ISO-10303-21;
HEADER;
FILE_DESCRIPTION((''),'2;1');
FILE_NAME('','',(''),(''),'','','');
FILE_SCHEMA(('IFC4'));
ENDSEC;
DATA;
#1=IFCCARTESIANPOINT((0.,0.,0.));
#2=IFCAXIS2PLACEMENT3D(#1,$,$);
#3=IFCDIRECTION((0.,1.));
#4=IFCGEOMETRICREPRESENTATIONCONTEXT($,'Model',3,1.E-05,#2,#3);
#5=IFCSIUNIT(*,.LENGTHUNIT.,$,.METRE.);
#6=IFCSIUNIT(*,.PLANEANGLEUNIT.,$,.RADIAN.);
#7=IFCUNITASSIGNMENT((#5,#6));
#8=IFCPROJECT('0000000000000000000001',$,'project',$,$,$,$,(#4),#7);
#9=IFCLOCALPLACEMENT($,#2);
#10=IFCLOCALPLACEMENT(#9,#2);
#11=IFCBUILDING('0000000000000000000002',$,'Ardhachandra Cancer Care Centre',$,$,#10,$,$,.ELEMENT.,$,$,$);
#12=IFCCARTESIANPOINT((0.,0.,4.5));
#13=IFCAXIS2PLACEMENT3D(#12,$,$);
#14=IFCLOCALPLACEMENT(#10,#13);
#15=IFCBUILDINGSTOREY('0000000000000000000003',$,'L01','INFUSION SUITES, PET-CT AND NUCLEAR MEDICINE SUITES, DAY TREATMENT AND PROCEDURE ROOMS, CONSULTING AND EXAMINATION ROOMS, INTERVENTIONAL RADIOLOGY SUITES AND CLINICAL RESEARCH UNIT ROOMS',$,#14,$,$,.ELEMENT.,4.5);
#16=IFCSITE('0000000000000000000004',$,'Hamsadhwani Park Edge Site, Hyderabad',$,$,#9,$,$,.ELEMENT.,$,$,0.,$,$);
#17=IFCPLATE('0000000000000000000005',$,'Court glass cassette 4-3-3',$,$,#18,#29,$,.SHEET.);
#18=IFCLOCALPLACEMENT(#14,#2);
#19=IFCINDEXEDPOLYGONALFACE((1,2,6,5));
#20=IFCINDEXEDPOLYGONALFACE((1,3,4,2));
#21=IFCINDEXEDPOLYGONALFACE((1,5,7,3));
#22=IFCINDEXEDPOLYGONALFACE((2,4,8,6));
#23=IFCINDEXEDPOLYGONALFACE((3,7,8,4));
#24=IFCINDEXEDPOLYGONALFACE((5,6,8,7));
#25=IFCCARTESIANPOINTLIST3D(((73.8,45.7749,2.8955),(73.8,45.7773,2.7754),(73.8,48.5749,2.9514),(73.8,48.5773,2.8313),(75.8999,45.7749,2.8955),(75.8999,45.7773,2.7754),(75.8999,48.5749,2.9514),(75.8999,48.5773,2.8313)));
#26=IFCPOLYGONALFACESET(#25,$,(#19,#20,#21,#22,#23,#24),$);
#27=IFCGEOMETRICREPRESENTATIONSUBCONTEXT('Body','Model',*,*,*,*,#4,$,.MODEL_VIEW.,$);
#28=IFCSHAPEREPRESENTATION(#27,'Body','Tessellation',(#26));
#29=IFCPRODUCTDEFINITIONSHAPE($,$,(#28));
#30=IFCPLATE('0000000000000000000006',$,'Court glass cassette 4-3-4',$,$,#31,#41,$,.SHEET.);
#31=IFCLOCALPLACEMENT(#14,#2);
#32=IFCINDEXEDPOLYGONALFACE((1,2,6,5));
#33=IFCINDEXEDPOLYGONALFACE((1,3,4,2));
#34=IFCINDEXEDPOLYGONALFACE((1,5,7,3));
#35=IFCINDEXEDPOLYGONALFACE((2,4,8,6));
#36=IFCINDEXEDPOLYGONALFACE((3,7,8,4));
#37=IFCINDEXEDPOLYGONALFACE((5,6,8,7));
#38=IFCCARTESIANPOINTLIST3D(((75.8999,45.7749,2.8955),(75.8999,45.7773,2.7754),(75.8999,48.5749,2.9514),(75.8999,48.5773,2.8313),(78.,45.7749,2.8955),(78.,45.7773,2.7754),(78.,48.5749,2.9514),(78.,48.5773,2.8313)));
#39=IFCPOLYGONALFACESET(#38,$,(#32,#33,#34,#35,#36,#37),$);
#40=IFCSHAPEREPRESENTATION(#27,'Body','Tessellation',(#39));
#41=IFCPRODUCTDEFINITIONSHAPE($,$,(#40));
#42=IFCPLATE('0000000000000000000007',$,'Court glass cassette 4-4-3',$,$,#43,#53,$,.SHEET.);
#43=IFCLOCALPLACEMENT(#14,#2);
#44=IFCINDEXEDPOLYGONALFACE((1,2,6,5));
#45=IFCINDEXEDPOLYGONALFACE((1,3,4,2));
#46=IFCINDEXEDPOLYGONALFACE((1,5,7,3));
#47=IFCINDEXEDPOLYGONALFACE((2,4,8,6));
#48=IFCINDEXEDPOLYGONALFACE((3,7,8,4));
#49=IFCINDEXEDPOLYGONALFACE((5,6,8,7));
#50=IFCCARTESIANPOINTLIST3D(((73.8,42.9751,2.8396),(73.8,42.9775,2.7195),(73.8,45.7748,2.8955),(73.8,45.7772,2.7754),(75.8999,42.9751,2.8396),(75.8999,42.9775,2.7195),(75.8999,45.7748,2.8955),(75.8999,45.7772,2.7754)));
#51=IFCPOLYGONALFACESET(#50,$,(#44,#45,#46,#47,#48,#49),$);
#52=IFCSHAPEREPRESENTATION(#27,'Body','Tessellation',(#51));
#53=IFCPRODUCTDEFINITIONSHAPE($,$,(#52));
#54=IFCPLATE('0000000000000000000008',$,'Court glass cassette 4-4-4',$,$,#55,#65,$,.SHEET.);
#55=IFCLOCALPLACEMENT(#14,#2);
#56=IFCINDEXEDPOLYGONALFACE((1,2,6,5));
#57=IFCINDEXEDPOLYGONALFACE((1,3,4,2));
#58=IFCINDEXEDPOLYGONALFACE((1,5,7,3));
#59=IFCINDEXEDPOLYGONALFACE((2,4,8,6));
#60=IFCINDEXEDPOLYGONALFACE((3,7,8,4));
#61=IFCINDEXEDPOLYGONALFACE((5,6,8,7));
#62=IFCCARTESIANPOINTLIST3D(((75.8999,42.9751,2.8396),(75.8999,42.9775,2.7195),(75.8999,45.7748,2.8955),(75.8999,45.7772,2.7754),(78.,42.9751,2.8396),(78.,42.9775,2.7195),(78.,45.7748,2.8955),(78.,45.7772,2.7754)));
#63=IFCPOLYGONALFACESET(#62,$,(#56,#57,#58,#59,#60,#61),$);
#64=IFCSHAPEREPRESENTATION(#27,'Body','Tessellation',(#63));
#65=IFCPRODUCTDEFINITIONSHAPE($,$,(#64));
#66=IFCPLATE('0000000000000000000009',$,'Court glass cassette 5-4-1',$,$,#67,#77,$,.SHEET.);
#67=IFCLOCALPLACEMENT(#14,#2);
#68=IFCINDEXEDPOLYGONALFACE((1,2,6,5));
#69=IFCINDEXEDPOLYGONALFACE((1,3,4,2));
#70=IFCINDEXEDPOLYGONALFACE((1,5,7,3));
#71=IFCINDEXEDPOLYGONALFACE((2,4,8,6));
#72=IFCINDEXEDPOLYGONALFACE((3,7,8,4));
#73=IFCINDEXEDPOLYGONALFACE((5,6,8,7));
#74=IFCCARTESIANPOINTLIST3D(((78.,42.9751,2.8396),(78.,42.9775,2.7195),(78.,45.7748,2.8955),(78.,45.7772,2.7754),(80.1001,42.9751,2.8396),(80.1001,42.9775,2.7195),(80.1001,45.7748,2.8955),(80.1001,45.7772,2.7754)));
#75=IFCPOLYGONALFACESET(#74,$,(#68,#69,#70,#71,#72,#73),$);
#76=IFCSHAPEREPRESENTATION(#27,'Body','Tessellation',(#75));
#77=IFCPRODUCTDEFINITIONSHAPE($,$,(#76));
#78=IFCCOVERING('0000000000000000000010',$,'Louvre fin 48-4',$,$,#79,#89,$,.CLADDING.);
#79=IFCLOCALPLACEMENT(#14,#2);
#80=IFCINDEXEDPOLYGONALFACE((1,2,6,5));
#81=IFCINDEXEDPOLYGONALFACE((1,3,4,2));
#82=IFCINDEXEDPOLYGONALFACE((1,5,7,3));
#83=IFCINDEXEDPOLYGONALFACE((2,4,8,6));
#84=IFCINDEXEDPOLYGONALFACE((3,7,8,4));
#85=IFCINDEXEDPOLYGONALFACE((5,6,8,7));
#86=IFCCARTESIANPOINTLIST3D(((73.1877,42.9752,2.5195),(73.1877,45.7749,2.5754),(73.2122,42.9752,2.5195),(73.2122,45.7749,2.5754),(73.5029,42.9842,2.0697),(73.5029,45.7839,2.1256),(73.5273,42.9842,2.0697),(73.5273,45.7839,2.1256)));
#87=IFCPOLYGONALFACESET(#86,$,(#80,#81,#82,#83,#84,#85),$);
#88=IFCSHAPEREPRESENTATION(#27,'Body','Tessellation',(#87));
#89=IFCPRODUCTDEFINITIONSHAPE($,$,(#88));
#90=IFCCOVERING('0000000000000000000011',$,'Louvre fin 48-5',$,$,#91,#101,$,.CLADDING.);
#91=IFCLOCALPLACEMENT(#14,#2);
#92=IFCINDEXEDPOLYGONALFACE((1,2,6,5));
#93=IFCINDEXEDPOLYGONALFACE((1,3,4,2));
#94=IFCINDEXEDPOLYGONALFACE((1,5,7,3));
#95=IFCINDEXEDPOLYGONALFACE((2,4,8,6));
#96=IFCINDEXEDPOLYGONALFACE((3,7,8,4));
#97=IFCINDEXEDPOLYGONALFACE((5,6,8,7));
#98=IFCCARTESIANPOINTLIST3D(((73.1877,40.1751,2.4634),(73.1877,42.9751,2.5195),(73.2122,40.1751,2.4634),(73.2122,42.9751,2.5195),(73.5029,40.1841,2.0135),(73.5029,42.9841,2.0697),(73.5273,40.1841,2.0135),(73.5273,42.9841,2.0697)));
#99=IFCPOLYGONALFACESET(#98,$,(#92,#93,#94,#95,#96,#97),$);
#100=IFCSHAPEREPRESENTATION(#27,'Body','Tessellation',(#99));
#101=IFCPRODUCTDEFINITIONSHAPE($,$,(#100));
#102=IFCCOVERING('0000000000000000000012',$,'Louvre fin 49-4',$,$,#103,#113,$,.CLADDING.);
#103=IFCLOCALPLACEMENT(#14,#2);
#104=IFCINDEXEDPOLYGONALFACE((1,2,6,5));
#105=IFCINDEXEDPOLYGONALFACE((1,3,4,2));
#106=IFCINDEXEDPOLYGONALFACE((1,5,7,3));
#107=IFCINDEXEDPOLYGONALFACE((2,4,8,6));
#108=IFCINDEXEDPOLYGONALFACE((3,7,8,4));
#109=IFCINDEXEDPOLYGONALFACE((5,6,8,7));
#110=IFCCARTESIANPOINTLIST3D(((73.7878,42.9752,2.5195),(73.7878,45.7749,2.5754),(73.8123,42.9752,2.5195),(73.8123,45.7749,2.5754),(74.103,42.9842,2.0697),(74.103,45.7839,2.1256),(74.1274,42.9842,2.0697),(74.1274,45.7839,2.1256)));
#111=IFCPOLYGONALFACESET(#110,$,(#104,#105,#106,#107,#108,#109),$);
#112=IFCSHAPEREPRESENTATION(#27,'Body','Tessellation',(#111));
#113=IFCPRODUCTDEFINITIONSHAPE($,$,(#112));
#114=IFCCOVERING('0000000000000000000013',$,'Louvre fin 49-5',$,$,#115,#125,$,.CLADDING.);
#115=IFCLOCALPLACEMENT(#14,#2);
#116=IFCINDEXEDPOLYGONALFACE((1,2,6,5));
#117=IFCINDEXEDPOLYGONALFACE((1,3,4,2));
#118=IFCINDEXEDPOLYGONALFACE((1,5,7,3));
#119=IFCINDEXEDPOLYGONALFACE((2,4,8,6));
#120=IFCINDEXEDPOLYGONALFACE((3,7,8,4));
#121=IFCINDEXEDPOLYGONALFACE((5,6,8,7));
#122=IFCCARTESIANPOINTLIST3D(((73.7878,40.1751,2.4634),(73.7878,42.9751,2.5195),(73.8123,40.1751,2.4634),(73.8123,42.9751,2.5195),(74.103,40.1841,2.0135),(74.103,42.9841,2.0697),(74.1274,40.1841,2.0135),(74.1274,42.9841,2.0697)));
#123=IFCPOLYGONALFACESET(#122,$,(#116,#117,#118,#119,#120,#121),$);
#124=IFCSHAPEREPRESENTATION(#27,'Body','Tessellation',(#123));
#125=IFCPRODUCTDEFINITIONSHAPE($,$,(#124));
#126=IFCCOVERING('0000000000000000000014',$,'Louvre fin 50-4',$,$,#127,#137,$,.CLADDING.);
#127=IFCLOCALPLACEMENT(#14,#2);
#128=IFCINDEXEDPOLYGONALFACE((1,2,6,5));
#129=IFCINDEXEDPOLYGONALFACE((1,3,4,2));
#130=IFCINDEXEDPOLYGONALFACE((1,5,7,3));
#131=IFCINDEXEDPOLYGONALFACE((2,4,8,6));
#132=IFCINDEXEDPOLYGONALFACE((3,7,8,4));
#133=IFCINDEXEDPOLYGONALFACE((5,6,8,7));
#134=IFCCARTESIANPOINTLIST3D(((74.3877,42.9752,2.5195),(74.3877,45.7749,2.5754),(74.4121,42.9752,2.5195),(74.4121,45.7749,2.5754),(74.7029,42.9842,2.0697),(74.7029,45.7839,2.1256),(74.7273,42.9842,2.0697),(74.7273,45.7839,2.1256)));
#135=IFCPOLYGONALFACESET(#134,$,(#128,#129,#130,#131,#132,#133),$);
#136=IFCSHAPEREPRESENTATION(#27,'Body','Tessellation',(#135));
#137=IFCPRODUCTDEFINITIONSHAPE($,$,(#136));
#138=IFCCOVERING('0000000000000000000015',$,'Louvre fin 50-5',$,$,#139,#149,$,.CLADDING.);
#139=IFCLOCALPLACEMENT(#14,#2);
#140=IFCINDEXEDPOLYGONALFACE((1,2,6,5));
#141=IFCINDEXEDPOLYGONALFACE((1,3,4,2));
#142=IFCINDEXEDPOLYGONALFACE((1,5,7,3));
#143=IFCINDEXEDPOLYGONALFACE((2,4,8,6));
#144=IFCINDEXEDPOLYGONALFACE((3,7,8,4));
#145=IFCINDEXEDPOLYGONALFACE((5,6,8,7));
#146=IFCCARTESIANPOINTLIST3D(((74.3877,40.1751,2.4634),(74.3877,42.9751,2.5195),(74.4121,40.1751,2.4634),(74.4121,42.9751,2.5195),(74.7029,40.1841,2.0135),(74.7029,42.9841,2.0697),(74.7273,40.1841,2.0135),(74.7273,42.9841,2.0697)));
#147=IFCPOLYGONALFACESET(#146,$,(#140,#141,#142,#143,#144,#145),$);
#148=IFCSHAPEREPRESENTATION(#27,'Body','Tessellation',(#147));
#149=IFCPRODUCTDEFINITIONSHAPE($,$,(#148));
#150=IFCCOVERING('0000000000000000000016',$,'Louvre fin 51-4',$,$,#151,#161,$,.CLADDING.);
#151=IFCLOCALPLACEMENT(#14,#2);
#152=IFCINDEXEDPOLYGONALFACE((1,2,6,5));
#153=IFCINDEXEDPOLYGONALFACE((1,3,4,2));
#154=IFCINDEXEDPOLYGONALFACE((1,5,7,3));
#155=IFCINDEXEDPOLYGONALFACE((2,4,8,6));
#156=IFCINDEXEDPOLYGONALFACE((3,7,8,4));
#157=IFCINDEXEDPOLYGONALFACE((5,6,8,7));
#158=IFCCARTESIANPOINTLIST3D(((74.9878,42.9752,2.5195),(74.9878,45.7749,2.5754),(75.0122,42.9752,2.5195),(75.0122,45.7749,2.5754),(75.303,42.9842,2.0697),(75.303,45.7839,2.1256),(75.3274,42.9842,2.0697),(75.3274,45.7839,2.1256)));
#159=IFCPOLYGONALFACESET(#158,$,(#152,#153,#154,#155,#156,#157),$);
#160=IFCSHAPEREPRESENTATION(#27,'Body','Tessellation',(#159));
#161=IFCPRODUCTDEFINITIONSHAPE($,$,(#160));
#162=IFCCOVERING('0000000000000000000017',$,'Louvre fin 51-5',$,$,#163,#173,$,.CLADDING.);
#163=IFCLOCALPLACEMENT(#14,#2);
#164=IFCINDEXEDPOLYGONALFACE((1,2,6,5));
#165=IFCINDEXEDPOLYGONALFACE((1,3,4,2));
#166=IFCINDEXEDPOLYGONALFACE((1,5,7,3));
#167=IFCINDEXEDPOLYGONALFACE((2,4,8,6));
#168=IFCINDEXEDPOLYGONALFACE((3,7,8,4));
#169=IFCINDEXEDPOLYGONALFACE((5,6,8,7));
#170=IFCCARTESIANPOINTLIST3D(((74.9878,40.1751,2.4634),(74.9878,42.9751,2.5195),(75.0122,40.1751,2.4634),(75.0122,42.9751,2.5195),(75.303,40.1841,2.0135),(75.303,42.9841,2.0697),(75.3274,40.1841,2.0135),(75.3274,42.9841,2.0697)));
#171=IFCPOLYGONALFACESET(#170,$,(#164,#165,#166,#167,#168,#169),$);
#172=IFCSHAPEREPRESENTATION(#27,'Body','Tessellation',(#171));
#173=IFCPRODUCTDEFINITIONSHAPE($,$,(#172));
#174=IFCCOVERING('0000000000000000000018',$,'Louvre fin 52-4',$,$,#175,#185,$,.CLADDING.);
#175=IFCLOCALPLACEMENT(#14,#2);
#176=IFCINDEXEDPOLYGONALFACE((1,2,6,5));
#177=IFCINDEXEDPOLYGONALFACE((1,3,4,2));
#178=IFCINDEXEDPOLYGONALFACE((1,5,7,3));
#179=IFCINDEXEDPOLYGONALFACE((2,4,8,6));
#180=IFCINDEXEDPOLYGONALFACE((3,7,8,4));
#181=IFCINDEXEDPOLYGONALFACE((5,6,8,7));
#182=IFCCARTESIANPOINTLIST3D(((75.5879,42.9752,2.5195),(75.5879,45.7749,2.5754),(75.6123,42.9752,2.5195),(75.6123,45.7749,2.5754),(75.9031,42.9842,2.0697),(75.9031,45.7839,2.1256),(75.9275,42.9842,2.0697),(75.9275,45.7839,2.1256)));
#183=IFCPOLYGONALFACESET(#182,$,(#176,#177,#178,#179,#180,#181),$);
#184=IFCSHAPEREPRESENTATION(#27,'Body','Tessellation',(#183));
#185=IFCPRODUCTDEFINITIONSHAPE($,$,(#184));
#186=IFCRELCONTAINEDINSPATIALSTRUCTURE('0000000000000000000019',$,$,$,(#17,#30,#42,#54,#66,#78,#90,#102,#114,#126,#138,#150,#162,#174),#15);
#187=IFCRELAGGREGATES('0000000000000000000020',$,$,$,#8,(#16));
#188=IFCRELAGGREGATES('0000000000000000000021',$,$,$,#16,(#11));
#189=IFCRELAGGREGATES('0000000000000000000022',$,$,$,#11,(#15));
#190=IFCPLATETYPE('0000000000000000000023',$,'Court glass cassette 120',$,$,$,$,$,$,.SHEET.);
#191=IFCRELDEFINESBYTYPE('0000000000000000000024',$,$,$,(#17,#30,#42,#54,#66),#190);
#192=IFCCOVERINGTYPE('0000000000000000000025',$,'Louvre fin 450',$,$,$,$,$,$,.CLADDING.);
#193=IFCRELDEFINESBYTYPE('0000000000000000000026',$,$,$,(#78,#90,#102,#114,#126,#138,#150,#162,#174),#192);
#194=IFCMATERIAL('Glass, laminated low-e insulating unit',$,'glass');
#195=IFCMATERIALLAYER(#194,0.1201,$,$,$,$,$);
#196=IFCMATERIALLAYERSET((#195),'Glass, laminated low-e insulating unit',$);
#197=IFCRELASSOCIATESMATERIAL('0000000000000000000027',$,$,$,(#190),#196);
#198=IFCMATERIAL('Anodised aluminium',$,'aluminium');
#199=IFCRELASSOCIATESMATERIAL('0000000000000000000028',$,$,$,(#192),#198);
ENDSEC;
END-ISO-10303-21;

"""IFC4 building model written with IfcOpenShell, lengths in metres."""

from ifc_helpers import new_model, si_unit, direction, frame, origin, place, context, subcontext, project, spatial, polyline, outline, extrude, material, layer, layer_set, material_profile, profile_set, type_object, element, save


model = new_model("IFC4")

# Units and contexts
model_context = context("Model", 3, precision=1e-05, world=origin(), true_north=direction((0.0, 1.0)))
body_context = subcontext(model_context, "Body", "Model", "MODEL_VIEW")
ifc_project = project(units=[si_unit("LENGTHUNIT", "METRE"), si_unit("PLANEANGLEUNIT", "RADIAN")], contexts=[model_context])

# Site, building, storey
site_placement = place(None, origin())
site = spatial("IfcSite", under=ifc_project, at=site_placement, Name="Hamsadhwani Park Edge Site, Hyderabad", CompositionType="ELEMENT", RefElevation=0.0)
building_placement = place(site_placement, origin())
building = spatial("IfcBuilding", under=site, at=building_placement, Name="Ardhachandra Cancer Care Centre", CompositionType="ELEMENT")
storey_placement = place(building_placement, frame((0.0, 0.0, 4.5)))
storey = spatial("IfcBuildingStorey", under=building, at=storey_placement, Name="L01", Description="INFUSION SUITES, PET-CT AND NUCLEAR MEDICINE SUITES, DAY TREATMENT AND PROCEDURE ROOMS, CONSULTING AND EXAMINATION ROOMS, INTERVENTIONAL RADIOLOGY SUITES AND CLINICAL RESEARCH UNIT ROOMS", CompositionType="ELEMENT", Elevation=4.5)

# Plates
ifc_material_1 = material(Name="Glass, laminated low-e insulating unit", Category="glass")
ifc_layer = layer(ifc_material_1, 0.1201)
ifc_layer_set = layer_set([ifc_layer], Name="Glass, laminated low-e insulating unit")
plate_type = type_object("IfcPlateType", Name="Court glass cassette 120", PredefinedType="SHEET", material=ifc_layer_set)
plate_1_placement = place(storey_placement, frame((73.8, 45.7749, 2.8955), z_axis=(0.0, -0.019963, 0.999801), x_axis=(0.0, 0.999801, 0.019963)))
element("IfcPlate", 1, at=plate_1_placement, inside=storey, type_object=plate_type, Name="Court glass cassette 4-3-3", PredefinedType="SHEET", context=body_context, shape_type="SweptSolid", body=[
    extrude(outline(polyline([(0.0, -2.0999), (2.8005, -2.0999), (2.8005, 0.0), (0.0, 0.0), (0.0, -2.0999)])), frame((0.0, 0.0, -0.1201)), (0.0, 0.0, 1.0), 0.1201),
])
plate_2_placement = place(storey_placement, frame((75.8999, 45.7749, 2.8955), z_axis=(0.0, -0.019963, 0.999801), x_axis=(0.0, 0.999801, 0.019963)))
element("IfcPlate", 2, at=plate_2_placement, inside=storey, type_object=plate_type, Name="Court glass cassette 4-3-4", PredefinedType="SHEET", context=body_context, shape_type="SweptSolid", body=[
    extrude(outline(polyline([(0.0, -2.1001), (2.8005, -2.1001), (2.8005, 0.0), (0.0, 0.0), (0.0, -2.1001)])), frame((0.0, 0.0, -0.1201)), (0.0, 0.0, 1.0), 0.1201),
])
plate_3_placement = place(storey_placement, frame((73.8, 42.9751, 2.8396), z_axis=(0.0, -0.019965, 0.999801), x_axis=(0.0, 0.999801, 0.019965)))
element("IfcPlate", 3, at=plate_3_placement, inside=storey, type_object=plate_type, Name="Court glass cassette 4-4-3", PredefinedType="SHEET", context=body_context, shape_type="SweptSolid", body=[
    extrude(outline(polyline([(0.0, -2.0999), (2.8003, -2.0999), (2.8003, 0.0), (0.0, 0.0), (0.0, -2.0999)])), frame((0.0, 0.0, -0.1201)), (0.0, 0.0, 1.0), 0.1201),
])
for number, where, z_axis, x_axis, name in (
    (4, (75.8999, 42.9751, 2.8396), (0.0, -0.019965, 0.999801), (0.0, 0.999801, 0.019965), "Court glass cassette 4-4-4"),
    (5, (78.0, 42.9751, 2.8396), (0.0, -0.019965, 0.999801), (0.0, 0.999801, 0.019965), "Court glass cassette 5-4-1"),
):
    element("IfcPlate", number, at=place(storey_placement, frame(where, z_axis=z_axis, x_axis=x_axis)), inside=storey, type_object=plate_type, Name=name, PredefinedType="SHEET", context=body_context, shape_type="SweptSolid", body=[
        extrude(outline(polyline([(0.0, -2.1001), (2.8003, -2.1001), (2.8003, 0.0), (0.0, 0.0), (0.0, -2.1001)])), frame((0.0, 0.0, -0.1201)), (0.0, 0.0, 1.0), 0.1201),
    ])

# Coverings
ifc_material_2 = material(Name="Anodised aluminium", Category="aluminium")
ifc_material_profile_1 = material_profile(ifc_material_2, outline(polyline([(-0.0122, 0.0), (0.0122, 0.0), (0.3274, -0.45), (0.303, -0.45), (-0.0122, 0.0)])), Name="Louvre fin 450")
ifc_profile_set_1 = profile_set([ifc_material_profile_1], Name="Anodised aluminium")
covering_type = type_object("IfcCoveringType", Name="Louvre fin 450", PredefinedType="CLADDING", material=ifc_profile_set_1)
covering_1_placement = place(storey_placement, frame((73.2, 45.7749, 2.5754), z_axis=(0.0, -0.999801, -0.019965), x_axis=(1.0, 0.0, 0.0)))
element("IfcCovering", 6, at=covering_1_placement, inside=storey, type_object=covering_type, Name="Louvre fin 48-4", PredefinedType="CLADDING", context=body_context, shape_type="SweptSolid", body=[
    extrude(outline(polyline([(-0.0122, 0.0), (0.0122, 0.0), (0.3274, -0.45), (0.303, -0.45), (-0.0122, 0.0)])), origin(), (0.0, 0.0, 1.0), 2.8003),
])
covering_2_placement = place(storey_placement, frame((73.2, 42.9751, 2.5195), z_axis=(0.0, -0.999799, -0.02005), x_axis=(1.0, 0.0, 0.0)))
element("IfcCovering", 7, at=covering_2_placement, inside=storey, type_object=covering_type, Name="Louvre fin 48-5", PredefinedType="CLADDING", context=body_context, shape_type="SweptSolid", body=[
    extrude(outline(polyline([(-0.0122, 0.0), (0.0122, 0.0), (0.3274, -0.45), (0.303, -0.45), (-0.0122, 0.0)])), origin(), (0.0, 0.0, 1.0), 2.8005),
])
covering_3_placement = place(storey_placement, frame((73.8, 45.7749, 2.5754), z_axis=(0.0, -0.999801, -0.019965), x_axis=(1.0, 0.0, 0.0)))
element("IfcCovering", 8, at=covering_3_placement, inside=storey, type_object=covering_type, Name="Louvre fin 49-4", PredefinedType="CLADDING", context=body_context, shape_type="SweptSolid", body=[
    extrude(outline(polyline([(-0.0122, 0.0), (0.0122, 0.0), (0.3274, -0.45), (0.303, -0.45), (-0.0122, 0.0)])), origin(), (0.0, 0.0, 1.0), 2.8003),
])
covering_4_placement = place(storey_placement, frame((73.8, 42.9751, 2.5195), z_axis=(0.0, -0.999799, -0.02005), x_axis=(1.0, 0.0, 0.0)))
element("IfcCovering", 9, at=covering_4_placement, inside=storey, type_object=covering_type, Name="Louvre fin 49-5", PredefinedType="CLADDING", context=body_context, shape_type="SweptSolid", body=[
    extrude(outline(polyline([(-0.0122, 0.0), (0.0122, 0.0), (0.3274, -0.45), (0.303, -0.45), (-0.0122, 0.0)])), origin(), (0.0, 0.0, 1.0), 2.8005),
])
covering_5_placement = place(storey_placement, frame((74.3999, 45.7749, 2.5754), z_axis=(0.0, -0.999801, -0.019965), x_axis=(1.0, 0.0, 0.0)))
element("IfcCovering", 10, at=covering_5_placement, inside=storey, type_object=covering_type, Name="Louvre fin 50-4", PredefinedType="CLADDING", context=body_context, shape_type="SweptSolid", body=[
    extrude(outline(polyline([(-0.0122, 0.0), (0.0122, 0.0), (0.3274, -0.45), (0.303, -0.45), (-0.0122, 0.0)])), origin(), (0.0, 0.0, 1.0), 2.8003),
])
covering_6_placement = place(storey_placement, frame((74.3999, 42.9751, 2.5195), z_axis=(0.0, -0.999799, -0.02005), x_axis=(1.0, 0.0, 0.0)))
element("IfcCovering", 11, at=covering_6_placement, inside=storey, type_object=covering_type, Name="Louvre fin 50-5", PredefinedType="CLADDING", context=body_context, shape_type="SweptSolid", body=[
    extrude(outline(polyline([(-0.0122, 0.0), (0.0122, 0.0), (0.3274, -0.45), (0.303, -0.45), (-0.0122, 0.0)])), origin(), (0.0, 0.0, 1.0), 2.8005),
])
covering_7_placement = place(storey_placement, frame((75.0, 45.7749, 2.5754), z_axis=(0.0, -0.999801, -0.019965), x_axis=(1.0, 0.0, 0.0)))
element("IfcCovering", 12, at=covering_7_placement, inside=storey, type_object=covering_type, Name="Louvre fin 51-4", PredefinedType="CLADDING", context=body_context, shape_type="SweptSolid", body=[
    extrude(outline(polyline([(-0.0122, 0.0), (0.0122, 0.0), (0.3274, -0.45), (0.303, -0.45), (-0.0122, 0.0)])), origin(), (0.0, 0.0, 1.0), 2.8003),
])
covering_8_placement = place(storey_placement, frame((75.0, 42.9751, 2.5195), z_axis=(0.0, -0.999799, -0.02005), x_axis=(1.0, 0.0, 0.0)))
element("IfcCovering", 13, at=covering_8_placement, inside=storey, type_object=covering_type, Name="Louvre fin 51-5", PredefinedType="CLADDING", context=body_context, shape_type="SweptSolid", body=[
    extrude(outline(polyline([(-0.0122, 0.0), (0.0122, 0.0), (0.3274, -0.45), (0.303, -0.45), (-0.0122, 0.0)])), origin(), (0.0, 0.0, 1.0), 2.8005),
])
covering_9_placement = place(storey_placement, frame((75.6001, 45.7749, 2.5754), z_axis=(0.0, -0.999801, -0.019965), x_axis=(1.0, 0.0, 0.0)))
element("IfcCovering", 14, at=covering_9_placement, inside=storey, type_object=covering_type, Name="Louvre fin 52-4", PredefinedType="CLADDING", context=body_context, shape_type="SweptSolid", body=[
    extrude(outline(polyline([(-0.0122, 0.0), (0.0122, 0.0), (0.3274, -0.45), (0.303, -0.45), (-0.0122, 0.0)])), origin(), (0.0, 0.0, 1.0), 2.8003),
])

save(model, "model.ifc")
